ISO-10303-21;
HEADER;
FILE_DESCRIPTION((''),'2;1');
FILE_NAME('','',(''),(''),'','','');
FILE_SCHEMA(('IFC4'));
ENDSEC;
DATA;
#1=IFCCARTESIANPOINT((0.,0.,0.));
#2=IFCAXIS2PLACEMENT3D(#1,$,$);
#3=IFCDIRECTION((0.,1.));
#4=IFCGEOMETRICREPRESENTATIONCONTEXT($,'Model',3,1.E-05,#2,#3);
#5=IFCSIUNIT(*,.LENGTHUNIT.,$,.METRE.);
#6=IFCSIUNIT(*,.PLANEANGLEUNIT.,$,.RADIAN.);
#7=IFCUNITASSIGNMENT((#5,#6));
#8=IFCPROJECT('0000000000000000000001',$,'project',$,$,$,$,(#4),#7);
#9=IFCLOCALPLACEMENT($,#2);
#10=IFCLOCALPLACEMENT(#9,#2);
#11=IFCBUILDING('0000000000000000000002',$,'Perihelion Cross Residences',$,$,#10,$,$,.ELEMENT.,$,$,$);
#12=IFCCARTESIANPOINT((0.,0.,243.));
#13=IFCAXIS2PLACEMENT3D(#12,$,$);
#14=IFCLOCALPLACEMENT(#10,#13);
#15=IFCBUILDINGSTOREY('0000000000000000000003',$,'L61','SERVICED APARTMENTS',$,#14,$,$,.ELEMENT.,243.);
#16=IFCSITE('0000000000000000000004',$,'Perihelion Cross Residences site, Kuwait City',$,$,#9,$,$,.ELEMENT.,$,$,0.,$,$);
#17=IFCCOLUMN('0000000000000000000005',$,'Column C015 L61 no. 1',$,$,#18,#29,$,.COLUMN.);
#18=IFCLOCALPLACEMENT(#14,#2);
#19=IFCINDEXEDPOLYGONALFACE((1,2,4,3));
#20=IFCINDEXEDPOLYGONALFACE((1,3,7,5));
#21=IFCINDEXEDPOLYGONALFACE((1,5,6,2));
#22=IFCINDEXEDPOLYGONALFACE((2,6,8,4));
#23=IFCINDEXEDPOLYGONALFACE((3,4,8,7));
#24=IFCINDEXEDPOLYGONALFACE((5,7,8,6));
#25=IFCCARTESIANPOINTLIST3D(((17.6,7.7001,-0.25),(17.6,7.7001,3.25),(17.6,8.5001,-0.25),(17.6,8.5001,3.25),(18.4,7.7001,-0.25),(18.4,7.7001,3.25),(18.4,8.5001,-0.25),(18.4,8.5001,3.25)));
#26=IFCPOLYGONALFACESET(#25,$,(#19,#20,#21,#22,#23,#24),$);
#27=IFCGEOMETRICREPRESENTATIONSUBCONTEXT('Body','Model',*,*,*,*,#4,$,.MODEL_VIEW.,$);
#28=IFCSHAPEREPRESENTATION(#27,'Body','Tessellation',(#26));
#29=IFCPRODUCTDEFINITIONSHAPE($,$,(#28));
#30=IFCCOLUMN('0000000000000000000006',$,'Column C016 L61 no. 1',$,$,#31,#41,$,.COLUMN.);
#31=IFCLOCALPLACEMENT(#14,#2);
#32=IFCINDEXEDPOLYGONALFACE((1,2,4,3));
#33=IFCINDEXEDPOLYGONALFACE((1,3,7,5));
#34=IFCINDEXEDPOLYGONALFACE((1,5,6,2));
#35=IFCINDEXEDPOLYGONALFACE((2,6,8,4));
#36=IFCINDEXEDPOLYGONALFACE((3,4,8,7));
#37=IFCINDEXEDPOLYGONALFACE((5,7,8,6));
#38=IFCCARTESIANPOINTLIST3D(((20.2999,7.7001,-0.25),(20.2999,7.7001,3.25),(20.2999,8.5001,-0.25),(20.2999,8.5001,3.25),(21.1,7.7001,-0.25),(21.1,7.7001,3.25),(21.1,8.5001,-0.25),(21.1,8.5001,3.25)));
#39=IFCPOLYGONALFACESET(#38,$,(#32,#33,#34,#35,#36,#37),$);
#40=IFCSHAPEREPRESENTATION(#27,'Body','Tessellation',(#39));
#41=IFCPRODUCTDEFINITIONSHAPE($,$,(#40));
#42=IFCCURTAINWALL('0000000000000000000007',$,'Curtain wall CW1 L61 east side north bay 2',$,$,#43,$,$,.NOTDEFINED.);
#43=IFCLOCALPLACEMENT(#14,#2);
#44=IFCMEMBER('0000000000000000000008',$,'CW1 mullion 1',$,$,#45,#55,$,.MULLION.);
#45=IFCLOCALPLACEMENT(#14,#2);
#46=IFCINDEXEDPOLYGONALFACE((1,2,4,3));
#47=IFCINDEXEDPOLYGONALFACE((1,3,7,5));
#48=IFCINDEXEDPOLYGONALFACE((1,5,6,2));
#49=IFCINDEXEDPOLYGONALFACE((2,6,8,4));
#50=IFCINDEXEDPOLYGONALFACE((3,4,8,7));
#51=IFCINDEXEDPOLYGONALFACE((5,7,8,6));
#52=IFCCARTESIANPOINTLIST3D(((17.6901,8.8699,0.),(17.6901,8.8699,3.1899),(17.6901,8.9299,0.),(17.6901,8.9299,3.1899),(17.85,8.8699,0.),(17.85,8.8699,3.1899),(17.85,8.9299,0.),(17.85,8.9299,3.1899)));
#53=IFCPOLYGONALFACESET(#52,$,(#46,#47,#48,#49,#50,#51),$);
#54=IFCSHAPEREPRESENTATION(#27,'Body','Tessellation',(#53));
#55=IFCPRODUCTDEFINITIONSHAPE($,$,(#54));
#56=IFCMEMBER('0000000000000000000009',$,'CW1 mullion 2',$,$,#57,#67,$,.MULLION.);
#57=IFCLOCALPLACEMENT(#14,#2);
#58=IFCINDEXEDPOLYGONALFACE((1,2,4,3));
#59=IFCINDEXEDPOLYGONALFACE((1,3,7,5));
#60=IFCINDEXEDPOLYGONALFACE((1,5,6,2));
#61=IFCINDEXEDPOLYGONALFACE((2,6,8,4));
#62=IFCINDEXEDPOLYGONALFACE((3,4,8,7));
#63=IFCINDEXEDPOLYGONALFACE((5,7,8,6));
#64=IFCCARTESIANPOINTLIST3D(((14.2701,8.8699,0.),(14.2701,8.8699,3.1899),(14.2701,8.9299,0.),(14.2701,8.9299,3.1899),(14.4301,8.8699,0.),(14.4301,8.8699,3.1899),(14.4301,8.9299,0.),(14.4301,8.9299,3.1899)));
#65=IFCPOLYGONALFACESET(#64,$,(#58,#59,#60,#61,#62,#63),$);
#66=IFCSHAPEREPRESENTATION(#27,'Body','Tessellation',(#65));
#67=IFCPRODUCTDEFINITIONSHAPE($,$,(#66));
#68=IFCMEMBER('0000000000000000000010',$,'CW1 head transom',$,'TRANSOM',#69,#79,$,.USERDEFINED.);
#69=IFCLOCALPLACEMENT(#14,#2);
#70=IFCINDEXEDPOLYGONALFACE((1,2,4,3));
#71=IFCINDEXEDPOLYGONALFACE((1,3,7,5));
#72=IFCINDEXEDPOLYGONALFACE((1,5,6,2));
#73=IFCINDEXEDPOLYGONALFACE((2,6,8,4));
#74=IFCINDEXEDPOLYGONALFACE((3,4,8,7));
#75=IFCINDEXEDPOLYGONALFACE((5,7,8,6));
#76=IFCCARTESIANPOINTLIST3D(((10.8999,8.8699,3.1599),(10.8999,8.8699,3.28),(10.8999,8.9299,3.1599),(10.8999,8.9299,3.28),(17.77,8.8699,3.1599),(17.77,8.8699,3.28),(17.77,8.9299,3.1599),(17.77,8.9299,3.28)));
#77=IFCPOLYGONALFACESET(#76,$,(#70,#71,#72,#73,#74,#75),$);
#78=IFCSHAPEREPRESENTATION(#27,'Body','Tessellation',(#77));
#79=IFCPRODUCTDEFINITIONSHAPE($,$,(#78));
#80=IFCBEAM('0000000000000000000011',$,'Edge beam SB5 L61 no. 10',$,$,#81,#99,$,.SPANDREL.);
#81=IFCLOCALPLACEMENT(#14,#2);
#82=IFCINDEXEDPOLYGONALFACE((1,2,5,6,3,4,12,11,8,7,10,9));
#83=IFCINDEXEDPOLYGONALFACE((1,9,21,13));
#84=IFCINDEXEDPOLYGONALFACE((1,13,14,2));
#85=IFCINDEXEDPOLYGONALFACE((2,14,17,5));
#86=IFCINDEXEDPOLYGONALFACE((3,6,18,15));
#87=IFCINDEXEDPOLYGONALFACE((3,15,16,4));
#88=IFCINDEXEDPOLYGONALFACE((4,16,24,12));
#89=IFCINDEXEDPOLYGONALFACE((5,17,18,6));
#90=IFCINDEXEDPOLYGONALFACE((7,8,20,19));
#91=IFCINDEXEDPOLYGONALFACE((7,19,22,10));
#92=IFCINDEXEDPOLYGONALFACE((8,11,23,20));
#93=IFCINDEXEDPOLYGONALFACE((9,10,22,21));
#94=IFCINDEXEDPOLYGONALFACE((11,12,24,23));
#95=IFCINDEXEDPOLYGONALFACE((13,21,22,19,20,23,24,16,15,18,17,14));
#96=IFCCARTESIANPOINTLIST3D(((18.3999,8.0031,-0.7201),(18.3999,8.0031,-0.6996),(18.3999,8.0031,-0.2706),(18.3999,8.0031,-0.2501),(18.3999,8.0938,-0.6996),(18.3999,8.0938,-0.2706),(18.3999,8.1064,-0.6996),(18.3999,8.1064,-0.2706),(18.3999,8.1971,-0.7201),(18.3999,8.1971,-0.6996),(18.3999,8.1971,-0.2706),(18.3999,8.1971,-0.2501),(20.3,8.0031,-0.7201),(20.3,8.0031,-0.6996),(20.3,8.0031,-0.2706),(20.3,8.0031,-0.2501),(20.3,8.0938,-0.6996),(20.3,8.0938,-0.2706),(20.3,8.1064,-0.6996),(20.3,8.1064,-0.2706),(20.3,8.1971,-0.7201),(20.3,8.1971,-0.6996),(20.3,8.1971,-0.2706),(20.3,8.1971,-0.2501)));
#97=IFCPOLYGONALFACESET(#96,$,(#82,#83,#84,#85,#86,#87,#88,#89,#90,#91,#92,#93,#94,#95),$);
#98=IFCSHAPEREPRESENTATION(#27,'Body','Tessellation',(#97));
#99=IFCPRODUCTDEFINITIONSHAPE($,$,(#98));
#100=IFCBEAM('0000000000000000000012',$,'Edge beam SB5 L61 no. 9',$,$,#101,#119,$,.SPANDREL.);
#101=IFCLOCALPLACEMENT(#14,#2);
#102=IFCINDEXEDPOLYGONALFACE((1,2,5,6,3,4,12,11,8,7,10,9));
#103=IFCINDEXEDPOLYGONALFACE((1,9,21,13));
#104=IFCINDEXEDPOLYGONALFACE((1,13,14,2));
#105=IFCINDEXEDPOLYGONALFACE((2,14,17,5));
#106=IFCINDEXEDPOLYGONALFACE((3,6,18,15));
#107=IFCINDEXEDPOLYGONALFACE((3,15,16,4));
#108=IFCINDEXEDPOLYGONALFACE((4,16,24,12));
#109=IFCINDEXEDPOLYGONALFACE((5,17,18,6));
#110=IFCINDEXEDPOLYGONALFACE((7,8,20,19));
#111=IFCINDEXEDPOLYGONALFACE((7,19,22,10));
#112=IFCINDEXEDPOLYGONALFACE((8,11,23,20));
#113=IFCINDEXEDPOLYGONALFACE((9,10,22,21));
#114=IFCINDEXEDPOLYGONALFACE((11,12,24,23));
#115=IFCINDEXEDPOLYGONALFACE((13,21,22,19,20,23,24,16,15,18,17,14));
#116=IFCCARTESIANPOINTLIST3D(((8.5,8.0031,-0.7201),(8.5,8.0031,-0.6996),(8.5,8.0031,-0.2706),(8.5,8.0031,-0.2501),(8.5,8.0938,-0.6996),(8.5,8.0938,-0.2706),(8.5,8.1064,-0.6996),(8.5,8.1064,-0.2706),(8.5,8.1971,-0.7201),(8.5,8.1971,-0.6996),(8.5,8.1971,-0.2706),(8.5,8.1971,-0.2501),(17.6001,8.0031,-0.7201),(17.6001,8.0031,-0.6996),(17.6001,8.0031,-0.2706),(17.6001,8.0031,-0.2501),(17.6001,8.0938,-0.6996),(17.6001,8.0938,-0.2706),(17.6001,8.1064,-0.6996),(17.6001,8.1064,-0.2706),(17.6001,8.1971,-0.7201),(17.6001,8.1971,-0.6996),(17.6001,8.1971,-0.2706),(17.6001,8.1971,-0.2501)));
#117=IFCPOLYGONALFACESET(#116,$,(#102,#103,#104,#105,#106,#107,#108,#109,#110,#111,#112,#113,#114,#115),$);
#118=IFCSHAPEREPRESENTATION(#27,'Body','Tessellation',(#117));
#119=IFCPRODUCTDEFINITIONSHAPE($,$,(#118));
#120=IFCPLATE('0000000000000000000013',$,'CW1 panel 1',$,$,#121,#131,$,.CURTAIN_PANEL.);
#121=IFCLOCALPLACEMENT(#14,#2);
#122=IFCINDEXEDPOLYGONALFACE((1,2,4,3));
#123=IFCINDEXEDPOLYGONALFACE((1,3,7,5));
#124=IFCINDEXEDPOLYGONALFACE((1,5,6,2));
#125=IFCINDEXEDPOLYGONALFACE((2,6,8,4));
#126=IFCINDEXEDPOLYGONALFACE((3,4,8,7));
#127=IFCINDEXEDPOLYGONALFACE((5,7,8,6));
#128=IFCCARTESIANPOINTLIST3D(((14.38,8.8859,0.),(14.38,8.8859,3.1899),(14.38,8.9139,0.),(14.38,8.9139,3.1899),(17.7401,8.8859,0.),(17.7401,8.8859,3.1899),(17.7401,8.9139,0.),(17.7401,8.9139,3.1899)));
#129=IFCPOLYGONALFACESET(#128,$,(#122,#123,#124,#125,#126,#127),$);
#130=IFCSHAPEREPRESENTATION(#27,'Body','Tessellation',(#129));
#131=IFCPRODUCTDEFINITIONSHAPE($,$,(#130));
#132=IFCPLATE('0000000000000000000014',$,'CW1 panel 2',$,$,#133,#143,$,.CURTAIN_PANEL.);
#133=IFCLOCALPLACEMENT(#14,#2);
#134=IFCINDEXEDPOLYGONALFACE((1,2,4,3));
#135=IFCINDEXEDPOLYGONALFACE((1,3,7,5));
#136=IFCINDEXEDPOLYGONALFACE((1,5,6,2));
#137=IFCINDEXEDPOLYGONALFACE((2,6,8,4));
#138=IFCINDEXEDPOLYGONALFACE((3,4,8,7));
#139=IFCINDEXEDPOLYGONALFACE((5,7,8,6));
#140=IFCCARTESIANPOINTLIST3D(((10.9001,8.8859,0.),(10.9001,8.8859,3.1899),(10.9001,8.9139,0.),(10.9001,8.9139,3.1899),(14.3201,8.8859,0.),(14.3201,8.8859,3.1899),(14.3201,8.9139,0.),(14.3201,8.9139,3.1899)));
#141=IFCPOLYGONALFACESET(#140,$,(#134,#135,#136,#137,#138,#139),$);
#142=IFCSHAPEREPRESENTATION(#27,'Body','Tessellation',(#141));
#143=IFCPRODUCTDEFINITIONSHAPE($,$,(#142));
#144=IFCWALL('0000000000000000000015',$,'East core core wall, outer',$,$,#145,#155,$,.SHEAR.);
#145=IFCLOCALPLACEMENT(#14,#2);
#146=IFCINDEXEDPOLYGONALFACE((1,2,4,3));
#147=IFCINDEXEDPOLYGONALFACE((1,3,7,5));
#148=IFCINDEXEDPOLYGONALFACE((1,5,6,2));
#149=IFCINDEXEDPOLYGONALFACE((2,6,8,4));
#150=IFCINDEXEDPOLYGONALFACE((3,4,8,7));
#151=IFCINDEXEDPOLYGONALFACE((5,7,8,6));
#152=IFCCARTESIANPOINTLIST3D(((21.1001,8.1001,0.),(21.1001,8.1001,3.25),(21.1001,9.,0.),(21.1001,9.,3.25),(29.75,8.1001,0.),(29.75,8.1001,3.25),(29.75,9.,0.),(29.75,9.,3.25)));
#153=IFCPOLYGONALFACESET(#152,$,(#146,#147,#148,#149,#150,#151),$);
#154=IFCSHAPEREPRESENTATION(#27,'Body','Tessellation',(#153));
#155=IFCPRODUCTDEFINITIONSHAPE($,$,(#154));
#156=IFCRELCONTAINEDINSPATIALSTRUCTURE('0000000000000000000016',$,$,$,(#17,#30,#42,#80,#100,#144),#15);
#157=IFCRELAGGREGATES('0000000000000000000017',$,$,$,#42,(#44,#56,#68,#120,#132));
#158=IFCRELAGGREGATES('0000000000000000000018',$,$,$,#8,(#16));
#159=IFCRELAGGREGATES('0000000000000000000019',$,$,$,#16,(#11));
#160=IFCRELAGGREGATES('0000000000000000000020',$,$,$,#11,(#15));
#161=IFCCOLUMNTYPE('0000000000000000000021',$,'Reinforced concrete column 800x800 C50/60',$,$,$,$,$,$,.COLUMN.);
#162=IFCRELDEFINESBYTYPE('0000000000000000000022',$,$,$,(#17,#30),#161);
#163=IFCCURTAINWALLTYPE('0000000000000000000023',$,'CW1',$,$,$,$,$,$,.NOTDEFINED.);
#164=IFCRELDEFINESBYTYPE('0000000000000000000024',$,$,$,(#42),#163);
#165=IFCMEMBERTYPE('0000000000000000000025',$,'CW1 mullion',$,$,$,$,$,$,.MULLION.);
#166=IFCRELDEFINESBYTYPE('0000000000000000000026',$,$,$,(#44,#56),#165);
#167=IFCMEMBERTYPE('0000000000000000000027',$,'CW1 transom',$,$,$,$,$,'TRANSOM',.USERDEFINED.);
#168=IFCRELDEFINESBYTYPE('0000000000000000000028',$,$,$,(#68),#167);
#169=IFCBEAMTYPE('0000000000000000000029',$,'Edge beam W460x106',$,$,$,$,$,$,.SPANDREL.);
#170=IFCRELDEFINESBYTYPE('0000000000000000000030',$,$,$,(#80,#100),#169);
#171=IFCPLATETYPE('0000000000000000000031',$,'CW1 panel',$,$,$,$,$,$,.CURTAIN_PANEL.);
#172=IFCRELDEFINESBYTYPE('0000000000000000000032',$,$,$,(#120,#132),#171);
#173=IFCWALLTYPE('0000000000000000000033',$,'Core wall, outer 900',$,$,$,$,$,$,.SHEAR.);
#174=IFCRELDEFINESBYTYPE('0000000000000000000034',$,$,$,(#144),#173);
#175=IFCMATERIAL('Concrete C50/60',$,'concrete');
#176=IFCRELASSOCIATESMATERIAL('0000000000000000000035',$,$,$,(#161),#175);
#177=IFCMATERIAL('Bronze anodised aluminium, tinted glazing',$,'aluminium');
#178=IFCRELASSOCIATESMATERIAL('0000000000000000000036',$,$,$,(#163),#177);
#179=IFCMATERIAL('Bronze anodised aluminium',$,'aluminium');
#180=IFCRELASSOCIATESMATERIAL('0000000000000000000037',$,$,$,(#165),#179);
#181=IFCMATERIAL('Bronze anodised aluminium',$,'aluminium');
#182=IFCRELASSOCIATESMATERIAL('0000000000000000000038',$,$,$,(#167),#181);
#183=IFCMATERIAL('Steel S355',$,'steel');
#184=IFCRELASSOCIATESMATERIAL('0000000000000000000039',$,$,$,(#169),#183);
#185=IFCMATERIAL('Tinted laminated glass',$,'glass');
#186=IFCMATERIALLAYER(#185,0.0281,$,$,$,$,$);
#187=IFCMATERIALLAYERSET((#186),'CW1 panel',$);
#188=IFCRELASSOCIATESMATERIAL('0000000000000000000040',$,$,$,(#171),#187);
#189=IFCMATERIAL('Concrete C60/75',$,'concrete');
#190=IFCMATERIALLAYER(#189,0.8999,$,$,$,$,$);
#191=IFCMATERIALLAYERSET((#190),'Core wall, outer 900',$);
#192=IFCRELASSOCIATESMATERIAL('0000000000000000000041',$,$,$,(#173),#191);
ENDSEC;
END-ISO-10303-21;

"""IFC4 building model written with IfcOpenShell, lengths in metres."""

from ifc_helpers import new_model, si_unit, direction, frame, frame_2d, origin, origin_2d, place, context, subcontext, project, spatial, rectangle, i_section, extrude, material, layer, layer_set, material_profile, profile_set, type_object, element, aggregate, save


model = new_model("IFC4")

# Units and contexts
model_context = context("Model", 3, precision=1e-05, world=origin(), true_north=direction((0.0, 1.0)))
body_context = subcontext(model_context, "Body", "Model", "MODEL_VIEW")
ifc_project = project(units=[si_unit("LENGTHUNIT", "METRE"), si_unit("PLANEANGLEUNIT", "RADIAN")], contexts=[model_context])

# Site, building, storey
site_placement = place(None, origin())
site = spatial("IfcSite", under=ifc_project, at=site_placement, Name="Perihelion Cross Residences site, Kuwait City", CompositionType="ELEMENT", RefElevation=0.0)
building_placement = place(site_placement, origin())
building = spatial("IfcBuilding", under=site, at=building_placement, Name="Perihelion Cross Residences", CompositionType="ELEMENT")
storey_placement = place(building_placement, frame((0.0, 0.0, 243.0)))
storey = spatial("IfcBuildingStorey", under=building, at=storey_placement, Name="L61", Description="SERVICED APARTMENTS", CompositionType="ELEMENT", Elevation=243.0)

# Columns
ifc_material_1 = material(Name="Concrete C50/60", Category="concrete")
ifc_material_profile_1 = material_profile(ifc_material_1, rectangle(XDim=0.8, YDim=0.8, at=origin_2d()), Name="RC 800x800")
ifc_profile_set_1 = profile_set([ifc_material_profile_1], Name="Concrete C50/60")
column_type = type_object("IfcColumnType", Name="Reinforced concrete column 800x800 C50/60", PredefinedType="COLUMN", material=ifc_profile_set_1)
for number, where, z_axis, x_axis, name in (
    (1, (18.0, 8.1001, -0.25), (0.0, 0.0, 1.0), (1.0, 0.0, 0.0), "Column C015 L61 no. 1"),
    (2, (20.7, 8.1001, -0.25), (0.0, 0.0, 1.0), (1.0, 0.0, 0.0), "Column C016 L61 no. 1"),
):
    element("IfcColumn", number, at=place(storey_placement, frame(where, z_axis=z_axis, x_axis=x_axis)), inside=storey, type_object=column_type, Name=name, PredefinedType="COLUMN", context=body_context, shape_type="SweptSolid", body=[
        extrude(rectangle(XDim=0.8, YDim=0.8, at=origin_2d()), origin(), (0.0, 0.0, 1.0), 3.5),
    ])

# Curtain wall, members
ifc_material_2 = material(Name="Bronze anodised aluminium, tinted glazing", Category="aluminium")
curtain_wall_type = type_object("IfcCurtainWallType", Name="CW1", PredefinedType="NOTDEFINED", material=ifc_material_2)
curtain_wall_placement = place(storey_placement, origin())
curtain_wall = element("IfcCurtainWall", 3, at=curtain_wall_placement, inside=storey, type_object=curtain_wall_type, Name="Curtain wall CW1 L61 east side north bay 2", PredefinedType="NOTDEFINED")
ifc_material_3 = material(Name="Bronze anodised aluminium", Category="aluminium")
ifc_material_profile_2 = material_profile(ifc_material_3, rectangle(XDim=0.0601, YDim=0.1599, at=origin_2d()), Name="CW1 mullion")
ifc_profile_set_2 = profile_set([ifc_material_profile_2], Name="Bronze anodised aluminium")
member_type_1 = type_object("IfcMemberType", Name="CW1 mullion", PredefinedType="MULLION", material=ifc_profile_set_2)
member_1_placement = place(storey_placement, frame((17.77, 8.8999, 0.0), z_axis=(0.0, 0.0, 1.0), x_axis=(0.0, -1.0, 0.0)))
member_1 = element("IfcMember", 4, at=member_1_placement, type_object=member_type_1, Name="CW1 mullion 1", PredefinedType="MULLION", context=body_context, shape_type="SweptSolid", body=[
    extrude(rectangle(XDim=0.0601, YDim=0.1599, at=origin_2d()), origin(), (0.0, 0.0, 1.0), 3.1899),
])
member_2_placement = place(storey_placement, frame((14.3501, 8.8999, 0.0), z_axis=(0.0, 0.0, 1.0), x_axis=(0.0, -1.0, 0.0)))
member_2 = element("IfcMember", 5, at=member_2_placement, type_object=member_type_1, Name="CW1 mullion 2", PredefinedType="MULLION", context=body_context, shape_type="SweptSolid", body=[
    extrude(rectangle(XDim=0.0601, YDim=0.1599, at=origin_2d()), origin(), (0.0, 0.0, 1.0), 3.1899),
])
ifc_material_4 = material(Name="Bronze anodised aluminium", Category="aluminium")
ifc_material_profile_3 = material_profile(ifc_material_4, rectangle(XDim=0.0601, YDim=0.1201, at=origin_2d()), Name="CW1 transom")
ifc_profile_set_3 = profile_set([ifc_material_profile_3], Name="Bronze anodised aluminium")
member_type_2 = type_object("IfcMemberType", Name="CW1 transom", ElementType="TRANSOM", PredefinedType="USERDEFINED", material=ifc_profile_set_3)
member_3_placement = place(storey_placement, frame((17.77, 8.8999, 3.22), z_axis=(-1.0, 0.0, 0.0), x_axis=(0.0, -1.0, 0.0)))
member_3 = element("IfcMember", 6, at=member_3_placement, type_object=member_type_2, Name="CW1 head transom", ObjectType="TRANSOM", PredefinedType="USERDEFINED", context=body_context, shape_type="SweptSolid", body=[
    extrude(rectangle(XDim=0.0601, YDim=0.1201, at=origin_2d()), origin(), (0.0, 0.0, 1.0), 6.8701),
])

# Beams
ifc_material_5 = material(Name="Steel S355", Category="steel")
ifc_material_profile_4 = material_profile(ifc_material_5, i_section(OverallWidth=0.1941, OverallDepth=0.47, WebThickness=0.0127, FlangeThickness=0.0205, at=origin_2d()), Name="W460x106")
ifc_profile_set_4 = profile_set([ifc_material_profile_4], Name="Steel S355")
beam_type = type_object("IfcBeamType", Name="Edge beam W460x106", PredefinedType="SPANDREL", material=ifc_profile_set_4)
beam_1_placement = place(storey_placement, frame((20.3, 8.1001, -0.4851), z_axis=(-1.0, 0.0, 0.0), x_axis=(0.0, -1.0, 0.0)))
element("IfcBeam", 7, at=beam_1_placement, inside=storey, type_object=beam_type, Name="Edge beam SB5 L61 no. 10", PredefinedType="SPANDREL", context=body_context, shape_type="SweptSolid", body=[
    extrude(i_section(OverallWidth=0.1941, OverallDepth=0.47, WebThickness=0.0127, FlangeThickness=0.0205, at=origin_2d()), origin(), (0.0, 0.0, 1.0), 1.9001),
])
beam_2_placement = place(storey_placement, frame((17.6001, 8.1001, -0.4851), z_axis=(-1.0, 0.0, 0.0), x_axis=(0.0, -1.0, 0.0)))
element("IfcBeam", 8, at=beam_2_placement, inside=storey, type_object=beam_type, Name="Edge beam SB5 L61 no. 9", PredefinedType="SPANDREL", context=body_context, shape_type="SweptSolid", body=[
    extrude(i_section(OverallWidth=0.1941, OverallDepth=0.47, WebThickness=0.0127, FlangeThickness=0.0205, at=origin_2d()), origin(), (0.0, 0.0, 1.0), 9.1001),
])

# Plates
ifc_material_6 = material(Name="Tinted laminated glass", Category="glass")
ifc_layer_1 = layer(ifc_material_6, 0.0281)
ifc_layer_set_1 = layer_set([ifc_layer_1], Name="CW1 panel")
plate_type = type_object("IfcPlateType", Name="CW1 panel", PredefinedType="CURTAIN_PANEL", material=ifc_layer_set_1)
plate_1_placement = place(storey_placement, frame((16.0601, 8.8999, 0.0), z_axis=(0.0, 0.0, 1.0), x_axis=(-1.0, 0.0, 0.0)))
plate_1 = element("IfcPlate", 9, at=plate_1_placement, type_object=plate_type, Name="CW1 panel 1", PredefinedType="CURTAIN_PANEL", context=body_context, shape_type="SweptSolid", body=[
    extrude(rectangle(XDim=3.3601, YDim=0.0281, at=origin_2d()), origin(), (0.0, 0.0, 1.0), 3.1899),
])
plate_2_placement = place(storey_placement, frame((12.6101, 8.8999, 0.0), z_axis=(0.0, 0.0, 1.0), x_axis=(-1.0, 0.0, 0.0)))
plate_2 = element("IfcPlate", 10, at=plate_2_placement, type_object=plate_type, Name="CW1 panel 2", PredefinedType="CURTAIN_PANEL", context=body_context, shape_type="SweptSolid", body=[
    extrude(rectangle(XDim=3.4199, YDim=0.0281, at=origin_2d()), origin(), (0.0, 0.0, 1.0), 3.1899),
])
aggregate(curtain_wall, [member_1, member_2, member_3, plate_1, plate_2])

# Wall
ifc_material_7 = material(Name="Concrete C60/75", Category="concrete")
ifc_layer_2 = layer(ifc_material_7, 0.8999)
ifc_layer_set_2 = layer_set([ifc_layer_2], Name="Core wall, outer 900")
wall_type_1 = type_object("IfcWallType", Name="Core wall, outer 900", PredefinedType="SHEAR", material=ifc_layer_set_2)
wall_1_placement = place(storey_placement, frame((21.1001, 8.55, 0.0), z_axis=(0.0, 0.0, 1.0), x_axis=(1.0, 0.0, 0.0)))
element("IfcWall", 11, at=wall_1_placement, inside=storey, type_object=wall_type_1, Name="East core core wall, outer", PredefinedType="SHEAR", context=body_context, shape_type="SweptSolid", body=[
    extrude(rectangle(XDim=8.6499, YDim=0.8999, at=frame_2d((4.325, 0.0))), origin(), (0.0, 0.0, 1.0), 3.25),
])

save(model, "model.ifc")
